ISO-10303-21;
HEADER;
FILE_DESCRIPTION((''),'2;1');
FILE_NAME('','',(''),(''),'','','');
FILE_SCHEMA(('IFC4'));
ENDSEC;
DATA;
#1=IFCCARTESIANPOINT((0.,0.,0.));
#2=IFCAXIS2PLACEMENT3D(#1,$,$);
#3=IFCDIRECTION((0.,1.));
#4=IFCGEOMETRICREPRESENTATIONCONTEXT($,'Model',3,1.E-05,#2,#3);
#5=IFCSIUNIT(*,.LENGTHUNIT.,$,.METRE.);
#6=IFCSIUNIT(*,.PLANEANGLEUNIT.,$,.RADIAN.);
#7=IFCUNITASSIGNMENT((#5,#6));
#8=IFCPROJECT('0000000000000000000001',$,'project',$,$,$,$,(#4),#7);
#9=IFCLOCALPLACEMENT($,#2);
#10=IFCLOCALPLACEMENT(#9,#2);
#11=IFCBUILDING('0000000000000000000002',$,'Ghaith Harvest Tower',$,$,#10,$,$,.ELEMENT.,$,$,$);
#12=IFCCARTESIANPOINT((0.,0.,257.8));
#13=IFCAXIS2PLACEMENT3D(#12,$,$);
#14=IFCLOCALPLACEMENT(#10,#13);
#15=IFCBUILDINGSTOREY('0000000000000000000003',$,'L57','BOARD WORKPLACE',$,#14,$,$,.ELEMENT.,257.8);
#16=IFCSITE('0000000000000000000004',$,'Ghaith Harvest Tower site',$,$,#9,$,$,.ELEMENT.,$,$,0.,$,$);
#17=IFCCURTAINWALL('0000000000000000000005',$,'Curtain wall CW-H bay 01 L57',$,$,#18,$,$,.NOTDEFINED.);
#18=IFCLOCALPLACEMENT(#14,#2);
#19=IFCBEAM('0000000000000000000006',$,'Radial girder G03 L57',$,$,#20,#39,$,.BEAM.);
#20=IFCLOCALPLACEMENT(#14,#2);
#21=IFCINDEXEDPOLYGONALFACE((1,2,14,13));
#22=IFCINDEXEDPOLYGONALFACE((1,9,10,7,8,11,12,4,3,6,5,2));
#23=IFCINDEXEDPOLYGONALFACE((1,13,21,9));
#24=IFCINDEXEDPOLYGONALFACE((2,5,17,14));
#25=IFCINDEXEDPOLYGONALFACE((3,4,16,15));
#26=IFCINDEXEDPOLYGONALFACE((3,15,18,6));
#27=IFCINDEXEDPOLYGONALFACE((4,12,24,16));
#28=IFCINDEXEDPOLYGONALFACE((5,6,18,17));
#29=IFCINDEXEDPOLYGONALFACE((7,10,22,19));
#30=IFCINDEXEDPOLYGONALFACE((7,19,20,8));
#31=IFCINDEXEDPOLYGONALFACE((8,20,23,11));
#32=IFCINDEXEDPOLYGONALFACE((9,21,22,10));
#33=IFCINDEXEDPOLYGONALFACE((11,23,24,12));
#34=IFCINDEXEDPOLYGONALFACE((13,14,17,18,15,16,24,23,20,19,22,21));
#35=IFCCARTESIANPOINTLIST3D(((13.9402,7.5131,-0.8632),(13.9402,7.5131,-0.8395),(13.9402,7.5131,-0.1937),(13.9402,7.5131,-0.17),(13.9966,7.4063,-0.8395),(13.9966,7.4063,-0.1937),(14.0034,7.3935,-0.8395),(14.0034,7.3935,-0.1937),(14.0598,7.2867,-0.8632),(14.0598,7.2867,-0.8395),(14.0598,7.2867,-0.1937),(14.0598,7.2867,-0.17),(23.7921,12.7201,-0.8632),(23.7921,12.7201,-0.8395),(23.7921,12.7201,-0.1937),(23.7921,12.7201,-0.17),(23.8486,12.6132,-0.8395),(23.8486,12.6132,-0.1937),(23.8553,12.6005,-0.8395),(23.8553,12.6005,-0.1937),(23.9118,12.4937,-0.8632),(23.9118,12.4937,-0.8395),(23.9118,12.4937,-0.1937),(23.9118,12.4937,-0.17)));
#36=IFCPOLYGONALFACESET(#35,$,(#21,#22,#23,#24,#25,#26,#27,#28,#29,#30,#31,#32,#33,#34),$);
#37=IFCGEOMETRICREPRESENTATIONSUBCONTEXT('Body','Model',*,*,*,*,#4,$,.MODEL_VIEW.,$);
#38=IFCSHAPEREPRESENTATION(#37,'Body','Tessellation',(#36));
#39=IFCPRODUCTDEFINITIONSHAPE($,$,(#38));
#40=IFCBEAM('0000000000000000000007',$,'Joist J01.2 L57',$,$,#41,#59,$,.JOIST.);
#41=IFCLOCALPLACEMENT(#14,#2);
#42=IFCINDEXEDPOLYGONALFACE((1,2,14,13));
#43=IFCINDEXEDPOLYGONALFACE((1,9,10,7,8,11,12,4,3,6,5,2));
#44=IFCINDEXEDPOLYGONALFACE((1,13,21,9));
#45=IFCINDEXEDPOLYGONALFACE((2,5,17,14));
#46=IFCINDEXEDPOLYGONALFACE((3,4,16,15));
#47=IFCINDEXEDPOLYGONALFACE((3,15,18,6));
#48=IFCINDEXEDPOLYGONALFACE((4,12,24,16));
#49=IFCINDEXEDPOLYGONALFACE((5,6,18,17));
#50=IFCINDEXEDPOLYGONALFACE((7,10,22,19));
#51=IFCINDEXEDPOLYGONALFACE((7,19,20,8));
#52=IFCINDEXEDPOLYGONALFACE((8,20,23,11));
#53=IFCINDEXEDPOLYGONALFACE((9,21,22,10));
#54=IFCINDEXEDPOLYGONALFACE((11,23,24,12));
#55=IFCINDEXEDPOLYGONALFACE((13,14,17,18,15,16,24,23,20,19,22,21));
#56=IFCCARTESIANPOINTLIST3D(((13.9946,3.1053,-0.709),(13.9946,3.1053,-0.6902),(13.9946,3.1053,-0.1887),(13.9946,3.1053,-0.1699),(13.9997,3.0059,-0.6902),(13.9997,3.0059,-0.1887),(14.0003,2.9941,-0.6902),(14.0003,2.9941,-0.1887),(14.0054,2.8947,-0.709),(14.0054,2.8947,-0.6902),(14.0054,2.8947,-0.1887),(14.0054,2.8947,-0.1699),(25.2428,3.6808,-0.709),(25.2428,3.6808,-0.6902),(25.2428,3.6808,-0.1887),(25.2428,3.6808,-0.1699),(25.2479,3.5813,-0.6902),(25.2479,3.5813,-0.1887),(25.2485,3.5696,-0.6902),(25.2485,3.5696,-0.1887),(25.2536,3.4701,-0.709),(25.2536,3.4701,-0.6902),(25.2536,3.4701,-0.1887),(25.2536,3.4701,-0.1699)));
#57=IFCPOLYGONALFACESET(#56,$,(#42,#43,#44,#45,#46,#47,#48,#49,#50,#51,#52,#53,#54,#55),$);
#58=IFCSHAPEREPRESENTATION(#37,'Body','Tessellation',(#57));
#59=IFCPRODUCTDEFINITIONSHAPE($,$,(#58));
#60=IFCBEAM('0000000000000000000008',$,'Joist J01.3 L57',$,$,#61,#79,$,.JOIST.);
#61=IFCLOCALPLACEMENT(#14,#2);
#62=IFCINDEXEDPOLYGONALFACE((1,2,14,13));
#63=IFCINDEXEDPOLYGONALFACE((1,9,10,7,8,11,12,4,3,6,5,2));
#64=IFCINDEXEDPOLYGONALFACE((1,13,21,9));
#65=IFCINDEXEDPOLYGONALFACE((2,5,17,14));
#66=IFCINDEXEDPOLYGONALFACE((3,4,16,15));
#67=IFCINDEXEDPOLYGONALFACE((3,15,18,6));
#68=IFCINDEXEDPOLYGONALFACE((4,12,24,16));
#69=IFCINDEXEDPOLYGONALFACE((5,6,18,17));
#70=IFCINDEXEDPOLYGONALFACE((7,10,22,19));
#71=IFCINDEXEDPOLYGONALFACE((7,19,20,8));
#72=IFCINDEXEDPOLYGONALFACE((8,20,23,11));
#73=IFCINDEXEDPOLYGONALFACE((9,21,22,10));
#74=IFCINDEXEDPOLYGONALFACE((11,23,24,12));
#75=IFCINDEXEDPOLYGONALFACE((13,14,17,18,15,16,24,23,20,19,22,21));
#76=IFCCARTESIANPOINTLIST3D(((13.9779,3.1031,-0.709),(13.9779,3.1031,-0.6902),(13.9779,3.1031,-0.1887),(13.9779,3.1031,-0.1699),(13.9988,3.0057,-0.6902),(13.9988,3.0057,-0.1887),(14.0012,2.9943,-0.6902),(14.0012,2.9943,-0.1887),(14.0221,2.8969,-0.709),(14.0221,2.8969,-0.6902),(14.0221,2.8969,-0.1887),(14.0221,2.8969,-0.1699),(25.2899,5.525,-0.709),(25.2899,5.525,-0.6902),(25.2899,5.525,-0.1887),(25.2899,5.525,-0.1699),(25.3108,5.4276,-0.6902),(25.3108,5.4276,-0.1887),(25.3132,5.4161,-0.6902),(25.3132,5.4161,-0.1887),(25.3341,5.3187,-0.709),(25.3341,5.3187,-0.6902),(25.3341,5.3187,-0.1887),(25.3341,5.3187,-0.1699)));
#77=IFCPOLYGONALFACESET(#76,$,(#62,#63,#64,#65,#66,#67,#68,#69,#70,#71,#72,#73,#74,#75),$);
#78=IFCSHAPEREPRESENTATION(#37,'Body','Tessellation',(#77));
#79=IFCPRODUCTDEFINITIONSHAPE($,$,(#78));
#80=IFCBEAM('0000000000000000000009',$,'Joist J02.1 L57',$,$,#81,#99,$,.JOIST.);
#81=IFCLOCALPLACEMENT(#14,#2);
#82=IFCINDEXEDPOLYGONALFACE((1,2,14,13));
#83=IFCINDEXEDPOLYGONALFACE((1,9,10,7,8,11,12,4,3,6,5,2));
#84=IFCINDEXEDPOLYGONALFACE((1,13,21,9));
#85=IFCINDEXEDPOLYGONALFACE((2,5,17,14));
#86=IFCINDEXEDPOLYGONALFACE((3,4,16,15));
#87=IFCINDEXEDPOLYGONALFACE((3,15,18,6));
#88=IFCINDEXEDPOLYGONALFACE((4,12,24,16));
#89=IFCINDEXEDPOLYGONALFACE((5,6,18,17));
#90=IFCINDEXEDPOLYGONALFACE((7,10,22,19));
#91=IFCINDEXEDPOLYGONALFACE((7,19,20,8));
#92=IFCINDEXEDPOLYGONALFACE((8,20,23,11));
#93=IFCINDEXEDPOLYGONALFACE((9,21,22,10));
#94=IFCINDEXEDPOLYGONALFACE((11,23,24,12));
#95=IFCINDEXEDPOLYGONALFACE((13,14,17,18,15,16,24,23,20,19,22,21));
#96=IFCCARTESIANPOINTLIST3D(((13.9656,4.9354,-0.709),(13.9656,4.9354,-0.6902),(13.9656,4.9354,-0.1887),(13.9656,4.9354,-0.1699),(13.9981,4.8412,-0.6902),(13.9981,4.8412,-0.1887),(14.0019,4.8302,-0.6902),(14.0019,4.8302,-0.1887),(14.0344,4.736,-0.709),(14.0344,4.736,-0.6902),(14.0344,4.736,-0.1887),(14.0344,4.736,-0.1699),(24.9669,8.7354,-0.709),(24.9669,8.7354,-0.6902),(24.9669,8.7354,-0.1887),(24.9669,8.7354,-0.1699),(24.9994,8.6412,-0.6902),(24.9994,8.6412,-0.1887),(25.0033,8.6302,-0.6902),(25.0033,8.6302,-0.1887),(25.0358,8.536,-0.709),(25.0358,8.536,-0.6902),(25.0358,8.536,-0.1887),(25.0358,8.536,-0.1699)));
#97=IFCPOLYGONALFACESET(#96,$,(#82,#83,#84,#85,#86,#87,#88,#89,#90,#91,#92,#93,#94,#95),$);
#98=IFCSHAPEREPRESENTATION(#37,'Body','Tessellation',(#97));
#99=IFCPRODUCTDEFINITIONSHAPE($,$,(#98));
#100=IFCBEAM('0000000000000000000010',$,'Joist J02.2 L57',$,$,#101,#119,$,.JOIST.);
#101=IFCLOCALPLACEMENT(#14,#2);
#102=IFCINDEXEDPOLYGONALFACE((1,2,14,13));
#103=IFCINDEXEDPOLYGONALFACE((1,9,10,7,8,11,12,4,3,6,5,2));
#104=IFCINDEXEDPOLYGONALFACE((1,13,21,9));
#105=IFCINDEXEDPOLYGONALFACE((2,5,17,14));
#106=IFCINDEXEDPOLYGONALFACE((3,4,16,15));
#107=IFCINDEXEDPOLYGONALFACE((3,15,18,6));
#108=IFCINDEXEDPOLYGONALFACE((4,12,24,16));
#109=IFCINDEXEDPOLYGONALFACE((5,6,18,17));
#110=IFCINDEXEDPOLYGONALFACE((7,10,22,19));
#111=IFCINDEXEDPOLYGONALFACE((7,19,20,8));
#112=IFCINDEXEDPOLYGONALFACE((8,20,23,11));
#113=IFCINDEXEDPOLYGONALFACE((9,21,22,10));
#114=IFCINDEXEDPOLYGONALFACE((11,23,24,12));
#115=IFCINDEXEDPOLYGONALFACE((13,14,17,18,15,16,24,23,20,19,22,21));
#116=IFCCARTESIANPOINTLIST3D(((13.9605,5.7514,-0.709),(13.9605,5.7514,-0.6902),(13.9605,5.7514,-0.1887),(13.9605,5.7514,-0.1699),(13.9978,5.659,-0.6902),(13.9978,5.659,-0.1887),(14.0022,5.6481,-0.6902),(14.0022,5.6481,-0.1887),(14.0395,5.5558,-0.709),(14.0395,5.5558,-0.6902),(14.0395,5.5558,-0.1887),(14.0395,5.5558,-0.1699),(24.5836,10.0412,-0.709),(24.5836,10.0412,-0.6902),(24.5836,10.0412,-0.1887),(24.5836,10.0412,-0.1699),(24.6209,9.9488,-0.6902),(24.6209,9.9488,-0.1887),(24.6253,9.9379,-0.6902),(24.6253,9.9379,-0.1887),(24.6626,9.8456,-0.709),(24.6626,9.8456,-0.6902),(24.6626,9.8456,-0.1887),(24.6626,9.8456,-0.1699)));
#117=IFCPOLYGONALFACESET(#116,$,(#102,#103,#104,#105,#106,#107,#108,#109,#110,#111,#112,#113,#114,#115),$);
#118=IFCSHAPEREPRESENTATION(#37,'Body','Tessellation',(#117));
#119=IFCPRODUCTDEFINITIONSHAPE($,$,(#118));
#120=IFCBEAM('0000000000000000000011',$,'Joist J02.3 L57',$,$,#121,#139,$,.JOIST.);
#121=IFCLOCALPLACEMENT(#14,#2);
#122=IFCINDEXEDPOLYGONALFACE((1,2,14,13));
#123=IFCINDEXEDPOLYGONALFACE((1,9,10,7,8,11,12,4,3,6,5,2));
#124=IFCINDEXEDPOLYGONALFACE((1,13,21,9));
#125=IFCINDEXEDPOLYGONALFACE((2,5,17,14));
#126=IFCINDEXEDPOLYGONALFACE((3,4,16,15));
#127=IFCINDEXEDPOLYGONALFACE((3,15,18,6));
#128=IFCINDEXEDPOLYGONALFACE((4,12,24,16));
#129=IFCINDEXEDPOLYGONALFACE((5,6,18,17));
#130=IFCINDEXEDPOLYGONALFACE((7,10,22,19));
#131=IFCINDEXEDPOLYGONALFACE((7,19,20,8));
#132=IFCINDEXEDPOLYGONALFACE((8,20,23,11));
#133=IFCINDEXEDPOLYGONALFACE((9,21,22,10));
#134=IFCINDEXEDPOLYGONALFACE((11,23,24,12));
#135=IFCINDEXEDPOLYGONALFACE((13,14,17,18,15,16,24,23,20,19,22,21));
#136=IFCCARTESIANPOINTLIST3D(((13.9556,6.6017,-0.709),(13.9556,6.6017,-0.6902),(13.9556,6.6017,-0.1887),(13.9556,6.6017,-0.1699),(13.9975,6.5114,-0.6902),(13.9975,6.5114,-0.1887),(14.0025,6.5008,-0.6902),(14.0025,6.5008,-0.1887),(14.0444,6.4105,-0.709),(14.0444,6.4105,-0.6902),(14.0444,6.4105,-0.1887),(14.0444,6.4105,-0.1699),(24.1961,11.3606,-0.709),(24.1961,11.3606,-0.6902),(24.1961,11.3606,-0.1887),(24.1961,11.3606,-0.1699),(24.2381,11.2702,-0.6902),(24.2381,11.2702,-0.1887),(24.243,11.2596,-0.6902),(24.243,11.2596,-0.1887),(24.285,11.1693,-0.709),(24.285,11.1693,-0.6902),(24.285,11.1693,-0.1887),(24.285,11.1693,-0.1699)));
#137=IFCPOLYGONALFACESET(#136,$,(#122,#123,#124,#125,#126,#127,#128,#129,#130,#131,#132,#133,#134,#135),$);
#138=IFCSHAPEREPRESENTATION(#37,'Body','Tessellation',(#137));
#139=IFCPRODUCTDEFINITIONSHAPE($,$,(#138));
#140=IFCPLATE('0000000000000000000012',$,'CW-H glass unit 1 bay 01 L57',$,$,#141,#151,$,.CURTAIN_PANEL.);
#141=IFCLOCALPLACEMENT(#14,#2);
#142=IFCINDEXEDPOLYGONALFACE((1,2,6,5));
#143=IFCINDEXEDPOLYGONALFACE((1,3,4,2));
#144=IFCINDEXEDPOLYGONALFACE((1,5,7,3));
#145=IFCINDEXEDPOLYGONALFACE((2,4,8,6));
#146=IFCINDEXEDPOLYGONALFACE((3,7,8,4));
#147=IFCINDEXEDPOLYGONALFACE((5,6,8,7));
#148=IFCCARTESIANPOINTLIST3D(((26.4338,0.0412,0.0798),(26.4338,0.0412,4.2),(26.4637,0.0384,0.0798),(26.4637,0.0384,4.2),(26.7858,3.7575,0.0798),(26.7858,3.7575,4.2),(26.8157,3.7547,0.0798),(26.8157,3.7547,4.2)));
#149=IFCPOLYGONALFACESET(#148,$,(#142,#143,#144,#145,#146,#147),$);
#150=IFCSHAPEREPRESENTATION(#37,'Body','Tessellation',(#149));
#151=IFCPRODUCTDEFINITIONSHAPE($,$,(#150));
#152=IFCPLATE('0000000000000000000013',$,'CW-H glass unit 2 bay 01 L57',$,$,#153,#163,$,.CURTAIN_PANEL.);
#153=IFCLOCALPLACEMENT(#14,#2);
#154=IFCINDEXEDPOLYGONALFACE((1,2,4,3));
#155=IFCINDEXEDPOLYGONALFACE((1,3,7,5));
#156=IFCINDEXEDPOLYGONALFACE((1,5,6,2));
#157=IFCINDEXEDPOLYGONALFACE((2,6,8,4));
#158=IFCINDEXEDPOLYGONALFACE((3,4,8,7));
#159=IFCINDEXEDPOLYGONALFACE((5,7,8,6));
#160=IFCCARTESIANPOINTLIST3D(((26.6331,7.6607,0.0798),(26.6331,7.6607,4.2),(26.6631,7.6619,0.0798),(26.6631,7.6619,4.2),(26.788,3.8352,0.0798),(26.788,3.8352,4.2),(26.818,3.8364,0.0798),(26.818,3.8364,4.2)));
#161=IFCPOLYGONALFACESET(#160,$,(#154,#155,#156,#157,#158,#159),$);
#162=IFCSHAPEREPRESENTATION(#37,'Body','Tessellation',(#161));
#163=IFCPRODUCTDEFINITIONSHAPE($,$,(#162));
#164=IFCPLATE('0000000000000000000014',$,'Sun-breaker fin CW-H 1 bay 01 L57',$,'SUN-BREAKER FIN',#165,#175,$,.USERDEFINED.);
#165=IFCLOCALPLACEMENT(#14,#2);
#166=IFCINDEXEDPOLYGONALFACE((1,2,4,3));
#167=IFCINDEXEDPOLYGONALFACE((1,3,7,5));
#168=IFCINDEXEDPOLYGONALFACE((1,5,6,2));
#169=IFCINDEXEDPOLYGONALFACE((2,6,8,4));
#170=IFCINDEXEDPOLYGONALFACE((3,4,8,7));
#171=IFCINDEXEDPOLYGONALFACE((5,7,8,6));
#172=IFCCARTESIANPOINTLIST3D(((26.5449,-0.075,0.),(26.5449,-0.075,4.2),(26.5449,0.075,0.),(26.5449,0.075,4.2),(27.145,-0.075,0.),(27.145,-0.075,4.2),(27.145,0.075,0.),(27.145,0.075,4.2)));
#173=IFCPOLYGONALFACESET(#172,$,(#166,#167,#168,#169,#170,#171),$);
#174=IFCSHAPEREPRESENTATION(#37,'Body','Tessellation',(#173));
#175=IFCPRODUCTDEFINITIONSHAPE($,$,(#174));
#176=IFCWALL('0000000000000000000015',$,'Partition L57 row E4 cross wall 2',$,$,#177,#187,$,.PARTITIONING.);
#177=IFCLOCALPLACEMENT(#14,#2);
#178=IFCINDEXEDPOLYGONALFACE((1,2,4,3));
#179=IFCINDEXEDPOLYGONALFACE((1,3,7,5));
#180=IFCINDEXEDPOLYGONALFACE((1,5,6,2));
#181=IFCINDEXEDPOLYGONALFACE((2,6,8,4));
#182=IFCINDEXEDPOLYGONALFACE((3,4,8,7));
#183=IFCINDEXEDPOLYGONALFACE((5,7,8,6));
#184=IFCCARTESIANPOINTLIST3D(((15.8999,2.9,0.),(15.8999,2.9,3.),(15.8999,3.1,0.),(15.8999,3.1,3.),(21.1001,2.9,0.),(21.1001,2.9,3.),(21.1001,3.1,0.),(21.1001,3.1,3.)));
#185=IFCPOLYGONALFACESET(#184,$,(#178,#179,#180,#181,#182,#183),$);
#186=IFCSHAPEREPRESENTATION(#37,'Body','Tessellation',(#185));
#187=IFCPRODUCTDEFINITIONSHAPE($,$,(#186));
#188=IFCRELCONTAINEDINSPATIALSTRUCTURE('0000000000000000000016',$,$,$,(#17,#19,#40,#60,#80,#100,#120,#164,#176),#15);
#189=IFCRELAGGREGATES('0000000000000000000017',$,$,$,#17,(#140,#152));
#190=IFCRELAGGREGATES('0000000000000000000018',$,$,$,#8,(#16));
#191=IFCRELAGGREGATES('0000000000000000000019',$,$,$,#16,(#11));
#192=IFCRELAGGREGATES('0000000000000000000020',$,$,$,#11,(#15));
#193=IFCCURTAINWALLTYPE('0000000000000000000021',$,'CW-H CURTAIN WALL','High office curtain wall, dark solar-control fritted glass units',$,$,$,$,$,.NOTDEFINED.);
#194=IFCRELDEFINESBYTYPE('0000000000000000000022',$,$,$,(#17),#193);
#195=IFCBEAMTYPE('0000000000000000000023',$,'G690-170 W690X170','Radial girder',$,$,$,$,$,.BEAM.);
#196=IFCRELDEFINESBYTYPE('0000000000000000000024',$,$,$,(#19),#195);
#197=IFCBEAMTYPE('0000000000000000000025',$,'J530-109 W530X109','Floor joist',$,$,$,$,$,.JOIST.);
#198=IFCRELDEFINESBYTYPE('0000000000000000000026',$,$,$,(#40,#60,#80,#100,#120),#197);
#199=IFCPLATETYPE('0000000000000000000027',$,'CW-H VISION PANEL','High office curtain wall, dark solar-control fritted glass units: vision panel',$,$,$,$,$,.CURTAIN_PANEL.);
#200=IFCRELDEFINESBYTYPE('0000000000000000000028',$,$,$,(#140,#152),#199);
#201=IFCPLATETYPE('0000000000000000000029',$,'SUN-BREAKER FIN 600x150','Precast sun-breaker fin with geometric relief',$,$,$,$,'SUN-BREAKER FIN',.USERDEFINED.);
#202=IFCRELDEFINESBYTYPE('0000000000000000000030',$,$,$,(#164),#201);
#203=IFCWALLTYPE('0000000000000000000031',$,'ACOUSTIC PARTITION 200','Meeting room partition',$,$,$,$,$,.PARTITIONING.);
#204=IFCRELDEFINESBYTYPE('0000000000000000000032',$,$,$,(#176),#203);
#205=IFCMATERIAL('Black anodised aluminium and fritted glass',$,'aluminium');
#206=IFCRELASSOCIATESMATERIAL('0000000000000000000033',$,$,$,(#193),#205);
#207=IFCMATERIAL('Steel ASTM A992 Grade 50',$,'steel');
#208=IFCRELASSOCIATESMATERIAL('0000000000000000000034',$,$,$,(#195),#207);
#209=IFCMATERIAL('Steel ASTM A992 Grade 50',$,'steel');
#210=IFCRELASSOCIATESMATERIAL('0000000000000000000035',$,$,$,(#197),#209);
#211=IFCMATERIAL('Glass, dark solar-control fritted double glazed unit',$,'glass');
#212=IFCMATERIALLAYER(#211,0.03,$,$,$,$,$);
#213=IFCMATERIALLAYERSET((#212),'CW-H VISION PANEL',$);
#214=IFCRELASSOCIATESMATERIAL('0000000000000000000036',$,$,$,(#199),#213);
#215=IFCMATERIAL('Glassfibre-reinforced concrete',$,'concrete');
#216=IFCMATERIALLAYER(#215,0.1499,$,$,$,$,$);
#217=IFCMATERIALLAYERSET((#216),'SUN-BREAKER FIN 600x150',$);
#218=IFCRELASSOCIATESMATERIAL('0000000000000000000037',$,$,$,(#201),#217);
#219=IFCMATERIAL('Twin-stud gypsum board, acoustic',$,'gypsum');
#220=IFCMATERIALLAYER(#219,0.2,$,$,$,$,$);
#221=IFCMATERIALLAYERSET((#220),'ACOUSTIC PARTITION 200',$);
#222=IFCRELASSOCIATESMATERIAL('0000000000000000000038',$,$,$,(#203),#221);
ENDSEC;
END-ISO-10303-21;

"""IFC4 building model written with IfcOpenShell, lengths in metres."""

from ifc_helpers import new_model, si_unit, direction, frame, frame_2d, origin, origin_2d, place, context, subcontext, project, spatial, rectangle, i_section, extrude, material, layer, layer_set, material_profile, profile_set, type_object, element, aggregate, save


model = new_model("IFC4")

# Units and contexts
model_context = context("Model", 3, precision=1e-05, world=origin(), true_north=direction((0.0, 1.0)))
body_context = subcontext(model_context, "Body", "Model", "MODEL_VIEW")
ifc_project = project(units=[si_unit("LENGTHUNIT", "METRE"), si_unit("PLANEANGLEUNIT", "RADIAN")], contexts=[model_context])

# Site, building, storey
site_placement = place(None, origin())
site = spatial("IfcSite", under=ifc_project, at=site_placement, Name="Ghaith Harvest Tower site", CompositionType="ELEMENT", RefElevation=0.0)
building_placement = place(site_placement, origin())
building = spatial("IfcBuilding", under=site, at=building_placement, Name="Ghaith Harvest Tower", CompositionType="ELEMENT")
storey_placement = place(building_placement, frame((0.0, 0.0, 257.8)))
storey = spatial("IfcBuildingStorey", under=building, at=storey_placement, Name="L57", Description="BOARD WORKPLACE", CompositionType="ELEMENT", Elevation=257.8)

# Curtain wall
ifc_material_1 = material(Name="Black anodised aluminium and fritted glass", Category="aluminium")
curtain_wall_type = type_object("IfcCurtainWallType", Name="CW-H CURTAIN WALL", Description="High office curtain wall, dark solar-control fritted glass units", PredefinedType="NOTDEFINED", material=ifc_material_1)
curtain_wall_1_placement = place(storey_placement, origin())
curtain_wall_1 = element("IfcCurtainWall", 1, at=curtain_wall_1_placement, inside=storey, type_object=curtain_wall_type, Name="Curtain wall CW-H bay 01 L57", PredefinedType="NOTDEFINED")

# Beams
ifc_material_2 = material(Name="Steel ASTM A992 Grade 50", Category="steel")
ifc_material_profile_1 = material_profile(ifc_material_2, i_section(OverallWidth=0.2561, OverallDepth=0.6931, WebThickness=0.0144, FlangeThickness=0.0237, at=origin_2d()), Name="W690X170")
ifc_profile_set_1 = profile_set([ifc_material_profile_1], Name="Steel ASTM A992 Grade 50")
beam_type_1 = type_object("IfcBeamType", Name="G690-170 W690X170", Description="Radial girder", PredefinedType="BEAM", material=ifc_profile_set_1)
beam_1_placement = place(storey_placement, frame((14.0, 7.3999, -0.5166), z_axis=(0.884113, 0.467274, 0.0), x_axis=(-0.467274, 0.884113, 0.0)))
element("IfcBeam", 2, at=beam_1_placement, inside=storey, type_object=beam_type_1, Name="Radial girder G03 L57", PredefinedType="BEAM", context=body_context, shape_type="SweptSolid", body=[
    extrude(i_section(OverallWidth=0.2561, OverallDepth=0.6931, WebThickness=0.0144, FlangeThickness=0.0237, at=origin_2d()), origin(), (0.0, 0.0, 1.0), 11.1433),
])
ifc_material_3 = material(Name="Steel ASTM A992 Grade 50", Category="steel")
ifc_material_profile_2 = material_profile(ifc_material_3, i_section(OverallWidth=0.2109, OverallDepth=0.5391, WebThickness=0.0117, FlangeThickness=0.0188, at=origin_2d()), Name="W530X109")
ifc_profile_set_2 = profile_set([ifc_material_profile_2], Name="Steel ASTM A992 Grade 50")
beam_type_2 = type_object("IfcBeamType", Name="J530-109 W530X109", Description="Floor joist", PredefinedType="JOIST", material=ifc_profile_set_2)
beam_2_placement = place(storey_placement, frame((14.0, 3.0, -0.4395), z_axis=(0.998694, 0.051091, 0.0), x_axis=(-0.051091, 0.998694, 0.0)))
element("IfcBeam", 3, at=beam_2_placement, inside=storey, type_object=beam_type_2, Name="Joist J01.2 L57", PredefinedType="JOIST", context=body_context, shape_type="SweptSolid", body=[
    extrude(i_section(OverallWidth=0.2109, OverallDepth=0.5391, WebThickness=0.0117, FlangeThickness=0.0188, at=origin_2d()), origin(), (0.0, 0.0, 1.0), 11.2629),
])
beam_3_placement = place(storey_placement, frame((14.0, 3.0, -0.4395), z_axis=(0.97784, 0.209353, 0.0), x_axis=(-0.209353, 0.97784, 0.0)))
element("IfcBeam", 4, at=beam_3_placement, inside=storey, type_object=beam_type_2, Name="Joist J01.3 L57", PredefinedType="JOIST", context=body_context, shape_type="SweptSolid", body=[
    extrude(i_section(OverallWidth=0.2109, OverallDepth=0.5391, WebThickness=0.0117, FlangeThickness=0.0188, at=origin_2d()), origin(), (0.0, 0.0, 1.0), 11.5684),
])
beam_4_placement = place(storey_placement, frame((14.0, 4.8357, -0.4395), z_axis=(0.945202, 0.326485, 0.0), x_axis=(-0.326485, 0.945202, 0.0)))
element("IfcBeam", 5, at=beam_4_placement, inside=storey, type_object=beam_type_2, Name="Joist J02.1 L57", PredefinedType="JOIST", context=body_context, shape_type="SweptSolid", body=[
    extrude(i_section(OverallWidth=0.2109, OverallDepth=0.5391, WebThickness=0.0117, FlangeThickness=0.0188, at=origin_2d()), origin(), (0.0, 0.0, 1.0), 11.6392),
])
beam_5_placement = place(storey_placement, frame((14.0, 5.6536, -0.4395), z_axis=(0.92725, 0.374442, 0.0), x_axis=(-0.374442, 0.92725, 0.0)))
element("IfcBeam", 6, at=beam_5_placement, inside=storey, type_object=beam_type_2, Name="Joist J02.2 L57", PredefinedType="JOIST", context=body_context, shape_type="SweptSolid", body=[
    extrude(i_section(OverallWidth=0.2109, OverallDepth=0.5391, WebThickness=0.0117, FlangeThickness=0.0188, at=origin_2d()), origin(), (0.0, 0.0, 1.0), 11.4565),
])
beam_6_placement = place(storey_placement, frame((14.0, 6.5061, -0.4395), z_axis=(0.906864, 0.421423, 0.0), x_axis=(-0.421423, 0.906864, 0.0)))
element("IfcBeam", 7, at=beam_6_placement, inside=storey, type_object=beam_type_2, Name="Joist J02.3 L57", PredefinedType="JOIST", context=body_context, shape_type="SweptSolid", body=[
    extrude(i_section(OverallWidth=0.2109, OverallDepth=0.5391, WebThickness=0.0117, FlangeThickness=0.0188, at=origin_2d()), origin(), (0.0, 0.0, 1.0), 11.2922),
])

# Plates
ifc_material_4 = material(Name="Glass, dark solar-control fritted double glazed unit", Category="glass")
ifc_layer_1 = layer(ifc_material_4, 0.03)
ifc_layer_set_1 = layer_set([ifc_layer_1], Name="CW-H VISION PANEL")
plate_type_1 = type_object("IfcPlateType", Name="CW-H VISION PANEL", Description="High office curtain wall, dark solar-control fritted glass units: vision panel", PredefinedType="CURTAIN_PANEL", material=ifc_layer_set_1)
plate_1_placement = place(storey_placement, frame((26.6248, 1.8979, 0.0798), z_axis=(0.0, 0.0, 1.0), x_axis=(0.094302, 0.995544, 0.0)))
plate_1 = element("IfcPlate", 8, at=plate_1_placement, type_object=plate_type_1, Name="CW-H glass unit 1 bay 01 L57", PredefinedType="CURTAIN_PANEL", context=body_context, shape_type="SweptSolid", body=[
    extrude(rectangle(XDim=3.7329, YDim=0.03, at=origin_2d()), origin(), (0.0, 0.0, 1.0), 4.1201),
])
plate_2_placement = place(storey_placement, frame((26.7256, 5.7485, 0.0798), z_axis=(0.0, 0.0, 1.0), x_axis=(-0.040462, 0.999181, 0.0)))
plate_2 = element("IfcPlate", 9, at=plate_2_placement, type_object=plate_type_1, Name="CW-H glass unit 2 bay 01 L57", PredefinedType="CURTAIN_PANEL", context=body_context, shape_type="SweptSolid", body=[
    extrude(rectangle(XDim=3.8286, YDim=0.03, at=origin_2d()), origin(), (0.0, 0.0, 1.0), 4.1201),
])
aggregate(curtain_wall_1, [plate_1, plate_2])
ifc_material_5 = material(Name="Glassfibre-reinforced concrete", Category="concrete")
ifc_layer_2 = layer(ifc_material_5, 0.1499)
ifc_layer_set_2 = layer_set([ifc_layer_2], Name="SUN-BREAKER FIN 600x150")
plate_type_2 = type_object("IfcPlateType", Name="SUN-BREAKER FIN 600x150", Description="Precast sun-breaker fin with geometric relief", ElementType="SUN-BREAKER FIN", PredefinedType="USERDEFINED", material=ifc_layer_set_2)
plate_3_placement = place(storey_placement, frame((26.845, 0.0, 0.0), z_axis=(0.0, 0.0, 1.0), x_axis=(1.0, 0.0, 0.0)))
element("IfcPlate", 10, at=plate_3_placement, inside=storey, type_object=plate_type_2, Name="Sun-breaker fin CW-H 1 bay 01 L57", ObjectType="SUN-BREAKER FIN", PredefinedType="USERDEFINED", context=body_context, shape_type="SweptSolid", body=[
    extrude(rectangle(XDim=0.6001, YDim=0.1499, at=origin_2d()), origin(), (0.0, 0.0, 1.0), 4.2),
])

# Wall
ifc_material_6 = material(Name="Twin-stud gypsum board, acoustic", Category="gypsum")
ifc_layer_3 = layer(ifc_material_6, 0.2)
ifc_layer_set_3 = layer_set([ifc_layer_3], Name="ACOUSTIC PARTITION 200")
wall_type_1 = type_object("IfcWallType", Name="ACOUSTIC PARTITION 200", Description="Meeting room partition", PredefinedType="PARTITIONING", material=ifc_layer_set_3)
wall_1_placement = place(storey_placement, frame((15.8999, 3.0, 0.0), z_axis=(0.0, 0.0, 1.0), x_axis=(1.0, 0.0, 0.0)))
element("IfcWall", 11, at=wall_1_placement, inside=storey, type_object=wall_type_1, Name="Partition L57 row E4 cross wall 2", PredefinedType="PARTITIONING", context=body_context, shape_type="SweptSolid", body=[
    extrude(rectangle(XDim=5.2002, YDim=0.2, at=frame_2d((2.6001, 0.0))), origin(), (0.0, 0.0, 1.0), 3.0),
])

save(model, "model.ifc")
